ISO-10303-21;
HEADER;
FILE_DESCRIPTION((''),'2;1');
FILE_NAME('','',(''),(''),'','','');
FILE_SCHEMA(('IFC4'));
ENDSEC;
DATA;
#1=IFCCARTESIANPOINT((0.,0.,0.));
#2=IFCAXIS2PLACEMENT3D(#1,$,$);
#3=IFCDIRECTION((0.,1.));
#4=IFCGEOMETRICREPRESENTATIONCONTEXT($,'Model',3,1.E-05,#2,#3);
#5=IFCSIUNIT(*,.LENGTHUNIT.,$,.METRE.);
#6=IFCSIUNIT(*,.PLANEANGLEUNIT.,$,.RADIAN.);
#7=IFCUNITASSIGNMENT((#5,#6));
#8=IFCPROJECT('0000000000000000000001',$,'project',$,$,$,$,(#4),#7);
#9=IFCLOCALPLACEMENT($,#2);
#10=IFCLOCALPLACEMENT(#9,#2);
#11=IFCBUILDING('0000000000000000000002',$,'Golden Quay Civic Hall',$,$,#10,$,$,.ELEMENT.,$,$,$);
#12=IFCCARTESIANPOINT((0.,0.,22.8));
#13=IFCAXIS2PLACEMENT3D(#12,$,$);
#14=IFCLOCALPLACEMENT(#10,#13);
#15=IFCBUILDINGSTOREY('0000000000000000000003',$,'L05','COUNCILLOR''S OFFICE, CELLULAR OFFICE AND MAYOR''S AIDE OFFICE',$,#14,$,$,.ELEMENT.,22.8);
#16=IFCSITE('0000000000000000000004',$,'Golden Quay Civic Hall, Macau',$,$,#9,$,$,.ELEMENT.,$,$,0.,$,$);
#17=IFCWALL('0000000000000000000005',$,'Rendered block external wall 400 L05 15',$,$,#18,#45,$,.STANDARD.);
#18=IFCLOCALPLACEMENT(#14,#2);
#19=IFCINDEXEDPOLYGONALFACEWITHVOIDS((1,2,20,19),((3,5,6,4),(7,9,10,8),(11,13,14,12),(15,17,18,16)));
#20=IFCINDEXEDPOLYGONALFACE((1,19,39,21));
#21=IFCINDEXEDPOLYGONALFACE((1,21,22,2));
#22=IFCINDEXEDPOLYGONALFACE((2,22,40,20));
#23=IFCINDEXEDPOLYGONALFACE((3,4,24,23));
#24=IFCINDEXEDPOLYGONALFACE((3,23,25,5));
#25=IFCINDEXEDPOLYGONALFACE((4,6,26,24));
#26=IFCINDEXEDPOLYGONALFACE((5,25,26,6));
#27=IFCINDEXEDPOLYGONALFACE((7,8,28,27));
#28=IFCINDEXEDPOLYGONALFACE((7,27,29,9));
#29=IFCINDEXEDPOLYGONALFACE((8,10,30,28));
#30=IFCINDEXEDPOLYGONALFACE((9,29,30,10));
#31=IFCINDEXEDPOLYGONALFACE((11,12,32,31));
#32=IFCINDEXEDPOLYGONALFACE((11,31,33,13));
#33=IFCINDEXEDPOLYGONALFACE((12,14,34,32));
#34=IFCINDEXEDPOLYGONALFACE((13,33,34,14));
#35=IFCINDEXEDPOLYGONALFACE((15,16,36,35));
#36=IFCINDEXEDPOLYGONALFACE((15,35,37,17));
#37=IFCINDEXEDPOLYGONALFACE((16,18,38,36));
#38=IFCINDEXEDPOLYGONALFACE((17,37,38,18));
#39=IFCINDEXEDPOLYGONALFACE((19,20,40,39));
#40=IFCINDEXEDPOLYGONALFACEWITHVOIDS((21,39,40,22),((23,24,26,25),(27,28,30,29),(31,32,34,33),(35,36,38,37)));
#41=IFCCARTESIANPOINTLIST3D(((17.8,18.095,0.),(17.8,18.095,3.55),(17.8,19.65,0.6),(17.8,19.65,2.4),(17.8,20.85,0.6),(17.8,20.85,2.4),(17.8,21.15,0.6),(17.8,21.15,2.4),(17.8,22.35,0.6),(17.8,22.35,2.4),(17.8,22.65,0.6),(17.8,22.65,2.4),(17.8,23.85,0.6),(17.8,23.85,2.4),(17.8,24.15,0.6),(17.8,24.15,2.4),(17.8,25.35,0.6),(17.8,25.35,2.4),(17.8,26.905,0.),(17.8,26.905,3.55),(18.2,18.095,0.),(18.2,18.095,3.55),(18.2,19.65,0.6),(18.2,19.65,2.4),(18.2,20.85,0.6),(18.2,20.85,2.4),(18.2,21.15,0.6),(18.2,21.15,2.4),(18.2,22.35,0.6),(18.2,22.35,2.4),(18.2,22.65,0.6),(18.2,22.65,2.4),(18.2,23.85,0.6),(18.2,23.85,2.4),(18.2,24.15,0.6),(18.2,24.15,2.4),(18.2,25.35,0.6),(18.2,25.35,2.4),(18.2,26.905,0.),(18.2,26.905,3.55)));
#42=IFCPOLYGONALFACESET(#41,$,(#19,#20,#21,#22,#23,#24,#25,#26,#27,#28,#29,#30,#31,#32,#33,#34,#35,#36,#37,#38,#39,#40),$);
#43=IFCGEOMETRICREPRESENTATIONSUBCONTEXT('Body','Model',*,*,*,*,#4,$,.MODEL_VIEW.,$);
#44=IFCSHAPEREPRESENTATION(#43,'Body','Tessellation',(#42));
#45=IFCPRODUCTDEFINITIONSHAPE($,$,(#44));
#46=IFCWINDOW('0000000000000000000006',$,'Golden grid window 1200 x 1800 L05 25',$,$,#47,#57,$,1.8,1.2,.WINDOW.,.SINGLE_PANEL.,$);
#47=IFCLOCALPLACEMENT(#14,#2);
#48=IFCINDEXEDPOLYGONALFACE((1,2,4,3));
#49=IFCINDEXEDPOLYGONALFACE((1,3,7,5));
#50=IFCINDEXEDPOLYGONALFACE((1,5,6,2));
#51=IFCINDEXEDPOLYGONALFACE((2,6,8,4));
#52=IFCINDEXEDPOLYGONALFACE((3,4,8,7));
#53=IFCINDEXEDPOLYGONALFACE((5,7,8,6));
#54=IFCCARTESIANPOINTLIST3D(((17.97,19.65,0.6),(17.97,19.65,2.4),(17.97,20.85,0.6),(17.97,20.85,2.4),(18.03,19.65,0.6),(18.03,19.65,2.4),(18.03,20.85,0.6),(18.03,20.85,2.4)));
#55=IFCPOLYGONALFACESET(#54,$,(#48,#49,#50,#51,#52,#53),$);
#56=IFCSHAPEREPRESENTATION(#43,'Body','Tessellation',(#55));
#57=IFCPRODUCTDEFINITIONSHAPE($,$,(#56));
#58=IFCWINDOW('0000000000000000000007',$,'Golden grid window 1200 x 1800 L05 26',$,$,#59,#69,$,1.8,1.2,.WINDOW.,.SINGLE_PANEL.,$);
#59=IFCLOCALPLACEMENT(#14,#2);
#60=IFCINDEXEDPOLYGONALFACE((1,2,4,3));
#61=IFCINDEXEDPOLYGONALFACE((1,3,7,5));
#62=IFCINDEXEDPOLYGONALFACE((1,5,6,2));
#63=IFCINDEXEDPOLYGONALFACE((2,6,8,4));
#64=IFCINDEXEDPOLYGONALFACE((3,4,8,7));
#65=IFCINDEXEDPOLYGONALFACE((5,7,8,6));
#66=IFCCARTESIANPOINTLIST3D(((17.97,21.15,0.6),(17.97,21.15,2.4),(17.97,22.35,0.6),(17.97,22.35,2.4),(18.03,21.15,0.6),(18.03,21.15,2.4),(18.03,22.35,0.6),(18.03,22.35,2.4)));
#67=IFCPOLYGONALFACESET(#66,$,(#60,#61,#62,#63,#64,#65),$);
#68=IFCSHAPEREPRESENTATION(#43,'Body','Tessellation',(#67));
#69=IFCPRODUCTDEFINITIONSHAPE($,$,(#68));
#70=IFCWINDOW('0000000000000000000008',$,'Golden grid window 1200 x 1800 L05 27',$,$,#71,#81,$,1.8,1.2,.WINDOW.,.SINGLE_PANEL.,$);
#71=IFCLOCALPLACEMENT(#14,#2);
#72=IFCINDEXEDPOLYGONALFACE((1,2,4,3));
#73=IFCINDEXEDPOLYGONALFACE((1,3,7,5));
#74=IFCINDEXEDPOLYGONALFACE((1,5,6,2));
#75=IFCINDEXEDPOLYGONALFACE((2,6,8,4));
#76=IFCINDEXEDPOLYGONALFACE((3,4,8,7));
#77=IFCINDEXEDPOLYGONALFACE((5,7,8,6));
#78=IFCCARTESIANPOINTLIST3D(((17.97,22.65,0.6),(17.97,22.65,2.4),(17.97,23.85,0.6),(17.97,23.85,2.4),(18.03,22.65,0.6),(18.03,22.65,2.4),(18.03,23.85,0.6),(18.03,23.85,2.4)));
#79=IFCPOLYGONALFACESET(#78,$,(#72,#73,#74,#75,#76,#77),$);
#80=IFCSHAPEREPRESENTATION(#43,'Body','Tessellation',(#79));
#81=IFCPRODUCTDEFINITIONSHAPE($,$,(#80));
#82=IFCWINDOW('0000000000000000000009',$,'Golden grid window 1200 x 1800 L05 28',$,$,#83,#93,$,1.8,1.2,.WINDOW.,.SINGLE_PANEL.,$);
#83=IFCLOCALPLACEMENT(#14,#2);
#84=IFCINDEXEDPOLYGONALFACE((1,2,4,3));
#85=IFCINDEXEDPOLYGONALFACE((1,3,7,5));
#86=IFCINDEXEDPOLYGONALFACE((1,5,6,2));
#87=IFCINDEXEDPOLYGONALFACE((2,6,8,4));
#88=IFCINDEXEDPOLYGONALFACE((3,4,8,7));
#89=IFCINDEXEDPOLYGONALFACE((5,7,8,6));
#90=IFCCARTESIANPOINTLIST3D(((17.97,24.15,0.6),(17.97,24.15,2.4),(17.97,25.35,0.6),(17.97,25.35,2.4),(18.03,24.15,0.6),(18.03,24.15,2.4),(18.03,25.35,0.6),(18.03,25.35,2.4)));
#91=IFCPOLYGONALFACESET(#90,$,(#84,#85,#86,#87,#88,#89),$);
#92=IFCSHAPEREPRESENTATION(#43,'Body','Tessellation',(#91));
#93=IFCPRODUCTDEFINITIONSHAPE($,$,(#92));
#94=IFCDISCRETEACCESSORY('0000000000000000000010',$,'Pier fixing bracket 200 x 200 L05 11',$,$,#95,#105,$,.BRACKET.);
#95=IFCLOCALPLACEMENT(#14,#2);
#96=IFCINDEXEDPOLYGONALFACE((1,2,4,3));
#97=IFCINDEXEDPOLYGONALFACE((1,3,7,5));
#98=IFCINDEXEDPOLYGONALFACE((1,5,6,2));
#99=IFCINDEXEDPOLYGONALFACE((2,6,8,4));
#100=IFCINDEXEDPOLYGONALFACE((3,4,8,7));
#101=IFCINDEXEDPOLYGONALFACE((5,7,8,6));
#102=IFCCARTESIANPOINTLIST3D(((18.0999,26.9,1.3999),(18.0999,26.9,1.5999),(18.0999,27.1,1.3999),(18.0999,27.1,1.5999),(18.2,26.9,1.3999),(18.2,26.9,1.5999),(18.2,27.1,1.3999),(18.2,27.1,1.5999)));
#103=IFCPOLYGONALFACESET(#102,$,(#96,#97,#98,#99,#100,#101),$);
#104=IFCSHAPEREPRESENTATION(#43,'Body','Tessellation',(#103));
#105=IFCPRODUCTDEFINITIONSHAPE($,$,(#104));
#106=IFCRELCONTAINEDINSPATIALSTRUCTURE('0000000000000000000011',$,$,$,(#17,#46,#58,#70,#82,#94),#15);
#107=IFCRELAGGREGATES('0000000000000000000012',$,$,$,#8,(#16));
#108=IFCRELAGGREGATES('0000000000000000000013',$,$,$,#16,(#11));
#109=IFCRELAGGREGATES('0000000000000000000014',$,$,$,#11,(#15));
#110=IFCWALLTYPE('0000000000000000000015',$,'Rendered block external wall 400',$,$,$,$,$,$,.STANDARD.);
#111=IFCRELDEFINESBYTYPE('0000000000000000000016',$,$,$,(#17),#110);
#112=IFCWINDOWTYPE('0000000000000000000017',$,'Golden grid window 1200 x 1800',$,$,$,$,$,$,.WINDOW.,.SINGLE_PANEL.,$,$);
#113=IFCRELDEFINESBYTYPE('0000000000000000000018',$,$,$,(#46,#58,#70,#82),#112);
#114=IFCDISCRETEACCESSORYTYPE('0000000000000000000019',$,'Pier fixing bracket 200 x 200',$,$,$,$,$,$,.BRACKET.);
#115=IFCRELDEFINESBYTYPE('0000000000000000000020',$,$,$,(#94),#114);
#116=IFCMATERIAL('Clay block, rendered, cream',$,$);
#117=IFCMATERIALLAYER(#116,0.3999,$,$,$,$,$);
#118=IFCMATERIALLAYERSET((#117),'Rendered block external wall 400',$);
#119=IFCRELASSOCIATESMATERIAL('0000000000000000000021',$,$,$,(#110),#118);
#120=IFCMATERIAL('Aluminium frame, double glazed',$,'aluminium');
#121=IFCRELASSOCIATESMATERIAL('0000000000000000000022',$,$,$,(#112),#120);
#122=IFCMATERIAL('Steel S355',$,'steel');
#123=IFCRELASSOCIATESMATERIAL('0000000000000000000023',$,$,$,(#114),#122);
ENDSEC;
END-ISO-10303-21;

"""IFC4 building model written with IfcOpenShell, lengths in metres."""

from ifc_helpers import new_model, si_unit, direction, frame, frame_2d, origin, origin_2d, place, context, subcontext, project, spatial, rectangle, extrude, material, layer, layer_set, type_object, element, fill, save


model = new_model("IFC4")

# Units and contexts
model_context = context("Model", 3, precision=1e-05, world=origin(), true_north=direction((0.0, 1.0)))
body_context = subcontext(model_context, "Body", "Model", "MODEL_VIEW")
ifc_project = project(units=[si_unit("LENGTHUNIT", "METRE"), si_unit("PLANEANGLEUNIT", "RADIAN")], contexts=[model_context])

# Site, building, storey
site_placement = place(None, origin())
site = spatial("IfcSite", under=ifc_project, at=site_placement, Name="Golden Quay Civic Hall, Macau", CompositionType="ELEMENT", RefElevation=0.0)
building_placement = place(site_placement, origin())
building = spatial("IfcBuilding", under=site, at=building_placement, Name="Golden Quay Civic Hall", CompositionType="ELEMENT")
storey_placement = place(building_placement, frame((0.0, 0.0, 22.8)))
storey = spatial("IfcBuildingStorey", under=building, at=storey_placement, Name="L05", Description="COUNCILLOR'S OFFICE, CELLULAR OFFICE AND MAYOR'S AIDE OFFICE", CompositionType="ELEMENT", Elevation=22.8)

# Wall, openings, windows
ifc_material_1 = material(Name="Clay block, rendered, cream")
ifc_layer_1 = layer(ifc_material_1, 0.3999)
ifc_layer_set_1 = layer_set([ifc_layer_1], Name="Rendered block external wall 400")
wall_type_1 = type_object("IfcWallType", Name="Rendered block external wall 400", PredefinedType="STANDARD", material=ifc_layer_set_1)
wall_1_placement = place(storey_placement, frame((18.0, 26.905, 0.0), z_axis=(0.0, 0.0, 1.0), x_axis=(0.0, -1.0, 0.0)))
wall_1 = element("IfcWall", 1, at=wall_1_placement, inside=storey, type_object=wall_type_1, Name="Rendered block external wall 400 L05 15", PredefinedType="STANDARD", context=body_context, shape_type="SweptSolid", body=[
    extrude(rectangle(XDim=8.8101, YDim=0.3999, at=frame_2d((4.405, 0.0))), origin(), (0.0, 0.0, 1.0), 3.55),
])
opening_1_placement = place(wall_1_placement, frame((6.0549, 0.0, 0.6001)))
opening_1 = element("IfcOpeningElement", 2, at=opening_1_placement, cuts=wall_1, PredefinedType="OPENING", context=body_context, shape_type="SweptSolid", body=[
    extrude(rectangle(XDim=1.2, YDim=1.8, at=frame_2d((0.6001, 0.8999))), frame((0.0, 0.21, 0.0), z_axis=(0.0, -1.0, 0.0), x_axis=(1.0, 0.0, 0.0)), (0.0, 0.0, 1.0), 0.4199),
])
opening_2_placement = place(wall_1_placement, frame((4.5549, 0.0, 0.6001)))
opening_2 = element("IfcOpeningElement", 3, at=opening_2_placement, cuts=wall_1, PredefinedType="OPENING", context=body_context, shape_type="SweptSolid", body=[
    extrude(rectangle(XDim=1.2, YDim=1.8, at=frame_2d((0.6001, 0.8999))), frame((0.0, 0.21, 0.0), z_axis=(0.0, -1.0, 0.0), x_axis=(1.0, 0.0, 0.0)), (0.0, 0.0, 1.0), 0.4199),
])
opening_3_placement = place(wall_1_placement, frame((3.0549, 0.0, 0.6001)))
opening_3 = element("IfcOpeningElement", 4, at=opening_3_placement, cuts=wall_1, PredefinedType="OPENING", context=body_context, shape_type="SweptSolid", body=[
    extrude(rectangle(XDim=1.2, YDim=1.8, at=frame_2d((0.6001, 0.8999))), frame((0.0, 0.21, 0.0), z_axis=(0.0, -1.0, 0.0), x_axis=(1.0, 0.0, 0.0)), (0.0, 0.0, 1.0), 0.4199),
])
opening_4_placement = place(wall_1_placement, frame((1.5549, 0.0, 0.6001)))
opening_4 = element("IfcOpeningElement", 5, at=opening_4_placement, cuts=wall_1, PredefinedType="OPENING", context=body_context, shape_type="SweptSolid", body=[
    extrude(rectangle(XDim=1.2, YDim=1.8, at=frame_2d((0.6001, 0.8999))), frame((0.0, 0.21, 0.0), z_axis=(0.0, -1.0, 0.0), x_axis=(1.0, 0.0, 0.0)), (0.0, 0.0, 1.0), 0.4199),
])
ifc_material_2 = material(Name="Aluminium frame, double glazed", Category="aluminium")
window_type = type_object("IfcWindowType", Name="Golden grid window 1200 x 1800", PartitioningType="SINGLE_PANEL", PredefinedType="WINDOW", material=ifc_material_2)
window_1_placement = place(opening_1_placement, origin())
window_1 = element("IfcWindow", 6, at=window_1_placement, inside=storey, type_object=window_type, Name="Golden grid window 1200 x 1800 L05 25", OverallHeight=1.8, OverallWidth=1.2, PartitioningType="SINGLE_PANEL", PredefinedType="WINDOW", context=body_context, shape_type="SweptSolid", body=[
    extrude(rectangle(XDim=1.2, YDim=1.8, at=frame_2d((0.6001, 0.8999))), frame((0.0, 0.03, 0.0), z_axis=(0.0, -1.0, 0.0), x_axis=(1.0, 0.0, 0.0)), (0.0, 0.0, 1.0), 0.0601),
])
fill(opening_1, window_1)
window_2_placement = place(opening_2_placement, origin())
window_2 = element("IfcWindow", 7, at=window_2_placement, inside=storey, type_object=window_type, Name="Golden grid window 1200 x 1800 L05 26", OverallHeight=1.8, OverallWidth=1.2, PartitioningType="SINGLE_PANEL", PredefinedType="WINDOW", context=body_context, shape_type="SweptSolid", body=[
    extrude(rectangle(XDim=1.2, YDim=1.8, at=frame_2d((0.6001, 0.8999))), frame((0.0, 0.03, 0.0), z_axis=(0.0, -1.0, 0.0), x_axis=(1.0, 0.0, 0.0)), (0.0, 0.0, 1.0), 0.0601),
])
fill(opening_2, window_2)
window_3_placement = place(opening_3_placement, origin())
window_3 = element("IfcWindow", 8, at=window_3_placement, inside=storey, type_object=window_type, Name="Golden grid window 1200 x 1800 L05 27", OverallHeight=1.8, OverallWidth=1.2, PartitioningType="SINGLE_PANEL", PredefinedType="WINDOW", context=body_context, shape_type="SweptSolid", body=[
    extrude(rectangle(XDim=1.2, YDim=1.8, at=frame_2d((0.6001, 0.8999))), frame((0.0, 0.03, 0.0), z_axis=(0.0, -1.0, 0.0), x_axis=(1.0, 0.0, 0.0)), (0.0, 0.0, 1.0), 0.0601),
])
fill(opening_3, window_3)
window_4_placement = place(opening_4_placement, origin())
window_4 = element("IfcWindow", 9, at=window_4_placement, inside=storey, type_object=window_type, Name="Golden grid window 1200 x 1800 L05 28", OverallHeight=1.8, OverallWidth=1.2, PartitioningType="SINGLE_PANEL", PredefinedType="WINDOW", context=body_context, shape_type="SweptSolid", body=[
    extrude(rectangle(XDim=1.2, YDim=1.8, at=frame_2d((0.6001, 0.8999))), frame((0.0, 0.03, 0.0), z_axis=(0.0, -1.0, 0.0), x_axis=(1.0, 0.0, 0.0)), (0.0, 0.0, 1.0), 0.0601),
])
fill(opening_4, window_4)

# Discrete accessory
ifc_material_3 = material(Name="Steel S355", Category="steel")
discrete_accessory_type = type_object("IfcDiscreteAccessoryType", Name="Pier fixing bracket 200 x 200", PredefinedType="BRACKET", material=ifc_material_3)
discrete_accessory_placement = place(storey_placement, frame((18.1499, 27.0, 1.3999), z_axis=(0.0, 0.0, 1.0), x_axis=(0.0, 1.0, 0.0)))
element("IfcDiscreteAccessory", 10, at=discrete_accessory_placement, inside=storey, type_object=discrete_accessory_type, Name="Pier fixing bracket 200 x 200 L05 11", PredefinedType="BRACKET", context=body_context, shape_type="SweptSolid", body=[
    extrude(rectangle(XDim=0.2, YDim=0.1001, at=origin_2d()), origin(), (0.0, 0.0, 1.0), 0.2),
])

save(model, "model.ifc")
